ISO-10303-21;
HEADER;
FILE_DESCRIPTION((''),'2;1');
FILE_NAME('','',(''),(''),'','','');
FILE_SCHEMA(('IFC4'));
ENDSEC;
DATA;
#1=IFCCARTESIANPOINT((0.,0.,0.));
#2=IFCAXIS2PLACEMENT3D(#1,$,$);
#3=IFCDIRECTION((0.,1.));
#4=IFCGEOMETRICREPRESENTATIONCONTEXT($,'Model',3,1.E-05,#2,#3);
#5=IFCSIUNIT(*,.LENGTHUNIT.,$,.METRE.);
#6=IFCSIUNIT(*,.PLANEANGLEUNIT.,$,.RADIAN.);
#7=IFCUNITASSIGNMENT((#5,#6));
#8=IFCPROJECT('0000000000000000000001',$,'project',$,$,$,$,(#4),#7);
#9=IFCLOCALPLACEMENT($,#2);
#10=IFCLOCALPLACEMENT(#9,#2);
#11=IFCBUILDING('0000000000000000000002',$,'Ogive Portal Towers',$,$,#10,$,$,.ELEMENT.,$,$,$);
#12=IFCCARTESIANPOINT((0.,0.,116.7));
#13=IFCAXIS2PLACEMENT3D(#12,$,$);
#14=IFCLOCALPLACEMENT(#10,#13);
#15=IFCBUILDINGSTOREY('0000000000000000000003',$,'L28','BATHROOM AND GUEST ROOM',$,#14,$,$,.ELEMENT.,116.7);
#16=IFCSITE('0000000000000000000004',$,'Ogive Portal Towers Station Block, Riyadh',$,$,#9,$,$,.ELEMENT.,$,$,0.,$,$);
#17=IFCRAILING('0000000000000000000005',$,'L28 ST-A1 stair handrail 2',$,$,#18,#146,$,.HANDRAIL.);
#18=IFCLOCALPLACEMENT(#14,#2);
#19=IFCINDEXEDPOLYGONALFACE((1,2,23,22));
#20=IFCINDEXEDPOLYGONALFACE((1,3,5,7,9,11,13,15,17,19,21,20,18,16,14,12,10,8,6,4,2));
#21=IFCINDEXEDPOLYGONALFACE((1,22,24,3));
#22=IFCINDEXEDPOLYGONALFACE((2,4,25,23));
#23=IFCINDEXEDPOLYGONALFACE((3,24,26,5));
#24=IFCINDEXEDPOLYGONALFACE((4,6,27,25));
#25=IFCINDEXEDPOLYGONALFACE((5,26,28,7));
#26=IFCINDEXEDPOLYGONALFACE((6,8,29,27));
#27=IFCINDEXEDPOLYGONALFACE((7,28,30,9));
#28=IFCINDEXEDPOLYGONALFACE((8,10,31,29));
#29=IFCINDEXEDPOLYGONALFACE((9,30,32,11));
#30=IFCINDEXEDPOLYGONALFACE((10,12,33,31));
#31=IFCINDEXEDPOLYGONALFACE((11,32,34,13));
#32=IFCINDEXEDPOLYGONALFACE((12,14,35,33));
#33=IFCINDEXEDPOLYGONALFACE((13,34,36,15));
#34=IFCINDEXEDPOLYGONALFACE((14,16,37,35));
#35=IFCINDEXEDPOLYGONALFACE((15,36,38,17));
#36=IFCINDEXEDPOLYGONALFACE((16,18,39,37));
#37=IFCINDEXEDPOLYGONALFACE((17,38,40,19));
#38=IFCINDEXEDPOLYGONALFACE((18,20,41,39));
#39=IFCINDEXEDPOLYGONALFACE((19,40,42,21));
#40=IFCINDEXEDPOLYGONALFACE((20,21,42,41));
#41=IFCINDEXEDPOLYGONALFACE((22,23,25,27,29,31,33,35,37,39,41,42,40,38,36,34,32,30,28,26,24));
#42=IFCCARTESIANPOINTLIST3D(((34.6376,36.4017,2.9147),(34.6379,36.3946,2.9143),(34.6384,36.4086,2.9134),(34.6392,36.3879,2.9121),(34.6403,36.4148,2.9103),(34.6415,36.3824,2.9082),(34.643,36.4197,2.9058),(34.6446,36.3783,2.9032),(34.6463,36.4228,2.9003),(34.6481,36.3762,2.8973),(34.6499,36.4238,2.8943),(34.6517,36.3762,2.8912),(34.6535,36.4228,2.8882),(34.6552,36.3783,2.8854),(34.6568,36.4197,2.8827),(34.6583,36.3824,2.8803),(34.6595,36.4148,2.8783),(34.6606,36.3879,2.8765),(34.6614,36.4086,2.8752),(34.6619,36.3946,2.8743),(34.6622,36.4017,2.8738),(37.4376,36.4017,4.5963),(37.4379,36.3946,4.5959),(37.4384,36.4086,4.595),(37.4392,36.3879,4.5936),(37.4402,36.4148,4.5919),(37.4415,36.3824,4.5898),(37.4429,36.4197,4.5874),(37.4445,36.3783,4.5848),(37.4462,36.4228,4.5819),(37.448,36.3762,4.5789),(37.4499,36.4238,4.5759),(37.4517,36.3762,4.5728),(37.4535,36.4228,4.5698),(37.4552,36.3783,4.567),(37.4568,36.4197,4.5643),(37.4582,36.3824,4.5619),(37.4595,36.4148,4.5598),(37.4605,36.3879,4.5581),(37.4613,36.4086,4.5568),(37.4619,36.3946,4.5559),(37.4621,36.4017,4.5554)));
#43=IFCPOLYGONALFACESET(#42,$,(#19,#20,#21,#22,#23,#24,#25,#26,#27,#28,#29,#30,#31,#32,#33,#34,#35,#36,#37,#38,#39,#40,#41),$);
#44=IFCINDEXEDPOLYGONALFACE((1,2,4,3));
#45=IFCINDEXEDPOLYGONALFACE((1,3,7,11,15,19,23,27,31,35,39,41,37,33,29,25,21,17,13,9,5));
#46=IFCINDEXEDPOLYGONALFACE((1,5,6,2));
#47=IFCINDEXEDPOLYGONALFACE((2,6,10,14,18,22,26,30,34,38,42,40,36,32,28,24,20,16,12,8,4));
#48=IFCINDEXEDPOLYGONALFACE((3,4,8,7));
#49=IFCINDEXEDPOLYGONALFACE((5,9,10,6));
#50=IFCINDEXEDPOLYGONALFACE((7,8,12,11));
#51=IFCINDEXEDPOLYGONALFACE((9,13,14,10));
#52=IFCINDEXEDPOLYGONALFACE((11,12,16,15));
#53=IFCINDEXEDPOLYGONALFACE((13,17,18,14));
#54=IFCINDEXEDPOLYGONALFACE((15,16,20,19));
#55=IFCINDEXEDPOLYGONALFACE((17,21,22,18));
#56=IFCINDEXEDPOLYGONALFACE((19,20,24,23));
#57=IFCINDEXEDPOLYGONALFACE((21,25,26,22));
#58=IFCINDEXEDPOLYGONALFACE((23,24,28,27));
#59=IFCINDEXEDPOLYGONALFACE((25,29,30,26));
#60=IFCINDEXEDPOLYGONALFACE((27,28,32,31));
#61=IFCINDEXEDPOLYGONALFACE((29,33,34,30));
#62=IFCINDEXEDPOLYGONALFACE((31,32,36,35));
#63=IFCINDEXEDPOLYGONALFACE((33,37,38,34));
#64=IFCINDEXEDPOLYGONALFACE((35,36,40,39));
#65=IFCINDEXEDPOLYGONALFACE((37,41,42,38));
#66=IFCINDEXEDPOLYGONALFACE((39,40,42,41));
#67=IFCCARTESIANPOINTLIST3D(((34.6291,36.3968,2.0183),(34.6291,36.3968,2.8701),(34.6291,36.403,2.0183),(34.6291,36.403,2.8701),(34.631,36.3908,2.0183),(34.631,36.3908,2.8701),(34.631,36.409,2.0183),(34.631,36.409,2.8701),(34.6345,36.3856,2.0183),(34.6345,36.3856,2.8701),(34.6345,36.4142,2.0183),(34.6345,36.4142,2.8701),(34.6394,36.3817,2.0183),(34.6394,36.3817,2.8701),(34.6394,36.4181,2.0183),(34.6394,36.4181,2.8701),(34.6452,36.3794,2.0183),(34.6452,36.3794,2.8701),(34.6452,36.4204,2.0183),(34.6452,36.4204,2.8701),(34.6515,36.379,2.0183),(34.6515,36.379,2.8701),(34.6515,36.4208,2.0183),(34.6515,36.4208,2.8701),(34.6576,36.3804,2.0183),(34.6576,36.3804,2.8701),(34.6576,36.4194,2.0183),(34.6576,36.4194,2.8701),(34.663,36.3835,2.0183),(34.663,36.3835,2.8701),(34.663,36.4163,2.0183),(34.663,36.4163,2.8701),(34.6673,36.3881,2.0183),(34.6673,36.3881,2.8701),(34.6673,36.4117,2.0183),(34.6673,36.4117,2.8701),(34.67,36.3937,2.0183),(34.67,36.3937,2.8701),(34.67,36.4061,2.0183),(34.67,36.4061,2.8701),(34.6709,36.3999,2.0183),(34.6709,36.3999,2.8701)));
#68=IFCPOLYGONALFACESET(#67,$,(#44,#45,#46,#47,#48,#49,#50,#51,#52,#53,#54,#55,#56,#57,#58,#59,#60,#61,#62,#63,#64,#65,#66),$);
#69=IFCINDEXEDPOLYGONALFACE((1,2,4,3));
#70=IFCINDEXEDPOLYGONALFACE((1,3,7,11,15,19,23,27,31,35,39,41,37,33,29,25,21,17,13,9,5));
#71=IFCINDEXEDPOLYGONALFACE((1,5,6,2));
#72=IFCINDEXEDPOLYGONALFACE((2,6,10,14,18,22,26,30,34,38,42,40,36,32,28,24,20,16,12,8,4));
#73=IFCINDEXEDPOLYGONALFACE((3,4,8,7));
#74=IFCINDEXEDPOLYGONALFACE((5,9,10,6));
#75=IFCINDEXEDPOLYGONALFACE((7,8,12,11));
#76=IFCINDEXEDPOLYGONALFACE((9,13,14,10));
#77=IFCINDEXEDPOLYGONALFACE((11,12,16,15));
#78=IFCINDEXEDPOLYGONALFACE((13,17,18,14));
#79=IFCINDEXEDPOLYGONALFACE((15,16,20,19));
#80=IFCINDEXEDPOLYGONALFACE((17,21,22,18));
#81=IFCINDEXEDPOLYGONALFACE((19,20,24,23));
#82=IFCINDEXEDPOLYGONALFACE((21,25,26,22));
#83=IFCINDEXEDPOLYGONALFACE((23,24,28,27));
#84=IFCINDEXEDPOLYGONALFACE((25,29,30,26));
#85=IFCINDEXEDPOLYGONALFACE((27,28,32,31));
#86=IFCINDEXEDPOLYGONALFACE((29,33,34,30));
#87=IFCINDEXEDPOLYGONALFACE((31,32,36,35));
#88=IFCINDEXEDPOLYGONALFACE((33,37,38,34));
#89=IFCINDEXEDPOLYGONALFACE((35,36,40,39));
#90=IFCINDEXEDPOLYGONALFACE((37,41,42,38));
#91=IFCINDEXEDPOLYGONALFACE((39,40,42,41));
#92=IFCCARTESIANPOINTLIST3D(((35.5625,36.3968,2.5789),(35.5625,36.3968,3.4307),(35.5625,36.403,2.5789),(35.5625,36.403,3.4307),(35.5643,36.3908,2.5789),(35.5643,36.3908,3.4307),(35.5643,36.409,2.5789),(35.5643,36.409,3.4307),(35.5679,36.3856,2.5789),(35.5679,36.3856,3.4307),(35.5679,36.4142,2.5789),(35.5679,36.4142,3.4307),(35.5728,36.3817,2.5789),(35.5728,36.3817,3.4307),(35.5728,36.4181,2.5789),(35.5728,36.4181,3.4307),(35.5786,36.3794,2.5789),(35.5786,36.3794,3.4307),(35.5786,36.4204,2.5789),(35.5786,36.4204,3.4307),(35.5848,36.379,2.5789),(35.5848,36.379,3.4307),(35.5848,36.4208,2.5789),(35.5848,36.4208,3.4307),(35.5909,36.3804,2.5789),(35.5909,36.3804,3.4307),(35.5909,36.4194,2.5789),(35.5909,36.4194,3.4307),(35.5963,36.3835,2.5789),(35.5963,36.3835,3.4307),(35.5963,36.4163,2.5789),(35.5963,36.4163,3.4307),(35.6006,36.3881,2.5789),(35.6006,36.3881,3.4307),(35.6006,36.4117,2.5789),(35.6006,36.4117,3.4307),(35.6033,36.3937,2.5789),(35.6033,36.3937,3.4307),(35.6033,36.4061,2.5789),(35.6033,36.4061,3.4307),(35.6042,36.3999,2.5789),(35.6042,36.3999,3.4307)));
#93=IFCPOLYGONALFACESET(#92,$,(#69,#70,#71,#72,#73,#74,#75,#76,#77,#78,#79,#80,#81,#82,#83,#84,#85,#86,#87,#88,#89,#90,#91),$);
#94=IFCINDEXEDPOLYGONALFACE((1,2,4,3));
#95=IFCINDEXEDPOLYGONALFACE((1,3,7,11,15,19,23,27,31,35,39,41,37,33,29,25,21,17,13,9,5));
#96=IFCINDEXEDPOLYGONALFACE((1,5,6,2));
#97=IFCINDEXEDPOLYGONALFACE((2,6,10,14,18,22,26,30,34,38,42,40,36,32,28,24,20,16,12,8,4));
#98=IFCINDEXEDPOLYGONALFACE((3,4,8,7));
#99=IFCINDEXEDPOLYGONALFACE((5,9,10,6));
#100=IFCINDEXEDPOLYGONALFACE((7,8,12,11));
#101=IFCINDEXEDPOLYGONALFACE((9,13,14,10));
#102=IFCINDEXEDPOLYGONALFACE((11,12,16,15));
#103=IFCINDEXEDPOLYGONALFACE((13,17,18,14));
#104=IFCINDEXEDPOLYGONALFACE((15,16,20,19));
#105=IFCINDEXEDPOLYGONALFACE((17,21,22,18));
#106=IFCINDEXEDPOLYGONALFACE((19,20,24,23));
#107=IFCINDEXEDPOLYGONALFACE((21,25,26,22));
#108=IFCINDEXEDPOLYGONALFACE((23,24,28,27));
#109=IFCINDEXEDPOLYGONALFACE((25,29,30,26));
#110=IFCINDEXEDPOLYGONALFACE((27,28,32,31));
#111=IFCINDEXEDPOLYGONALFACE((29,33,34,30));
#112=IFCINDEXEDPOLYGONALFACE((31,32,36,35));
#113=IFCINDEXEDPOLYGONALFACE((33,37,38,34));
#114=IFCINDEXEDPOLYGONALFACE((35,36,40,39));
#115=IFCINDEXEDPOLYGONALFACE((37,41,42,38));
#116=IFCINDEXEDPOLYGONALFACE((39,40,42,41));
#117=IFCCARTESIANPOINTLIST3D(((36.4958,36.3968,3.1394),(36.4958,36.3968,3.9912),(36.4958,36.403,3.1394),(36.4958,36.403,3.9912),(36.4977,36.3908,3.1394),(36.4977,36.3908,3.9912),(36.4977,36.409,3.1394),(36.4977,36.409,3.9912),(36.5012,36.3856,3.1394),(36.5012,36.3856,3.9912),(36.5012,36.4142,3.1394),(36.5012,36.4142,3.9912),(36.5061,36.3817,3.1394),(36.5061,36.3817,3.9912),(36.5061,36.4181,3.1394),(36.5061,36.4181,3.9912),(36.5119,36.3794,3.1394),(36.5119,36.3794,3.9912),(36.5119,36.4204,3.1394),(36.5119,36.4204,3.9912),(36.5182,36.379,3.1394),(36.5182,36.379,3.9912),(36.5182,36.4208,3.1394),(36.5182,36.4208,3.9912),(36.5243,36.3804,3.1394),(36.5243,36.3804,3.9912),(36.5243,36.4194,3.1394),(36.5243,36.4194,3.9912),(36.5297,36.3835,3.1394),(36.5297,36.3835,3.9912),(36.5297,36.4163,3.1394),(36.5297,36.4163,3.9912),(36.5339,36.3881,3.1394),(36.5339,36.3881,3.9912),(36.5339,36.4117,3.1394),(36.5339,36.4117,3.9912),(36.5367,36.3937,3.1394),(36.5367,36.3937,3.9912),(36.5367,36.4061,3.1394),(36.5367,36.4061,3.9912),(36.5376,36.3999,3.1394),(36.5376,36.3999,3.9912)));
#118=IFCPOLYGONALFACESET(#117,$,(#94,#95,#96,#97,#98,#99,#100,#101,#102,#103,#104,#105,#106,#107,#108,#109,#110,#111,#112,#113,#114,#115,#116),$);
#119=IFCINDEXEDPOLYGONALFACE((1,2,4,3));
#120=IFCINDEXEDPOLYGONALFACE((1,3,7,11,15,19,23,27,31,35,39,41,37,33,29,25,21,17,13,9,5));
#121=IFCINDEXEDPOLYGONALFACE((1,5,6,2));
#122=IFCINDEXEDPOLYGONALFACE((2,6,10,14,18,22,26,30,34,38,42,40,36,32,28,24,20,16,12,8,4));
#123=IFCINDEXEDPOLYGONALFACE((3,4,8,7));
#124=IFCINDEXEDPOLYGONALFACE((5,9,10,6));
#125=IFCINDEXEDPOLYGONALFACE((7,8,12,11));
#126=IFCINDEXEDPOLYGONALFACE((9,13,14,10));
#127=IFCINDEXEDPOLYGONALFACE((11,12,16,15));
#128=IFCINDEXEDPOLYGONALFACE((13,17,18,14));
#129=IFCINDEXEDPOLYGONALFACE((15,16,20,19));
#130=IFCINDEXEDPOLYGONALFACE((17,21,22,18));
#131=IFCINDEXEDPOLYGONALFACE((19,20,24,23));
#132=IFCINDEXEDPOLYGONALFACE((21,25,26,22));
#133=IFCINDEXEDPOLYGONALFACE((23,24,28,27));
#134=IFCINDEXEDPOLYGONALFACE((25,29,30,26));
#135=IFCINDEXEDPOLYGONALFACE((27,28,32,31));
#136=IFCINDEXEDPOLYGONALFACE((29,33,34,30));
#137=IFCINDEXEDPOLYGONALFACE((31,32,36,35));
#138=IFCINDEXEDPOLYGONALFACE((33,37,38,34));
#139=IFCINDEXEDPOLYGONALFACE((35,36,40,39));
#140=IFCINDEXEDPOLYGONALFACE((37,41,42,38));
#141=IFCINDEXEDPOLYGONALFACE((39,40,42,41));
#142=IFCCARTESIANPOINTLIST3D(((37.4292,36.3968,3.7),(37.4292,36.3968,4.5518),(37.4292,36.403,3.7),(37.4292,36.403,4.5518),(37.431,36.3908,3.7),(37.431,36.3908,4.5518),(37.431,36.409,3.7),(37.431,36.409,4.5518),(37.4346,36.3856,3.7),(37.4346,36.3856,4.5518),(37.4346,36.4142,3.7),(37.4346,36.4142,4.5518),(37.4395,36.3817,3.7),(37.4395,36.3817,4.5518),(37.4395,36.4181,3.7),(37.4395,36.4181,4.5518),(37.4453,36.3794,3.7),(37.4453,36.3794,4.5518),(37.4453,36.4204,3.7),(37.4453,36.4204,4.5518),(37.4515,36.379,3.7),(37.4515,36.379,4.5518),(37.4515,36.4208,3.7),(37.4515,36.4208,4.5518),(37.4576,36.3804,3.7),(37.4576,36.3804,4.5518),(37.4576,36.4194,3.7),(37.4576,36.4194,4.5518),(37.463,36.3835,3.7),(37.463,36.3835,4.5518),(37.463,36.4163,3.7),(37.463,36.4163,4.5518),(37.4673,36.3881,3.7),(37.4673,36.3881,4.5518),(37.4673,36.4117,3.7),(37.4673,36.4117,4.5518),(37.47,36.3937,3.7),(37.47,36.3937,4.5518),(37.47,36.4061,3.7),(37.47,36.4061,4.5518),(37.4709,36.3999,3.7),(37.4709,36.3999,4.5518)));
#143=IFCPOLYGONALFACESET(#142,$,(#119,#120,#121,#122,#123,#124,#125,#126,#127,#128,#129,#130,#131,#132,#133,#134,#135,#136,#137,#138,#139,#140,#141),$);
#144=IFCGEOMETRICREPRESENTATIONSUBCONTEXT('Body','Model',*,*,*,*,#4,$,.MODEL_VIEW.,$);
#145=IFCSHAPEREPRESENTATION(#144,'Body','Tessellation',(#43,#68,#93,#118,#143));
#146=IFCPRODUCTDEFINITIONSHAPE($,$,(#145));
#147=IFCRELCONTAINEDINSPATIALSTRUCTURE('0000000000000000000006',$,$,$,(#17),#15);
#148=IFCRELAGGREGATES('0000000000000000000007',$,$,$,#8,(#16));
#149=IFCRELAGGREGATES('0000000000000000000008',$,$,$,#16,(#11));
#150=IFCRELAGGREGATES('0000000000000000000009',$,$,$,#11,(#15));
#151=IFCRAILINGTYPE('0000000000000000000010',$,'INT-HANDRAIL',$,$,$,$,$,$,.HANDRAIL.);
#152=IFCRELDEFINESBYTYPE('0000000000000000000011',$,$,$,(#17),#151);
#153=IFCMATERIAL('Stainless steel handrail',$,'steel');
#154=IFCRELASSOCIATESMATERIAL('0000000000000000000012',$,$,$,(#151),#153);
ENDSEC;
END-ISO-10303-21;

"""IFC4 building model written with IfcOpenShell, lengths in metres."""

from ifc_helpers import new_model, si_unit, direction, frame, origin, origin_2d, place, context, subcontext, project, spatial, circle, extrude, material, type_object, element, save


model = new_model("IFC4")

# Units and contexts
model_context = context("Model", 3, precision=1e-05, world=origin(), true_north=direction((0.0, 1.0)))
body_context = subcontext(model_context, "Body", "Model", "MODEL_VIEW")
ifc_project = project(units=[si_unit("LENGTHUNIT", "METRE"), si_unit("PLANEANGLEUNIT", "RADIAN")], contexts=[model_context])

# Site, building, storey
site_placement = place(None, origin())
site = spatial("IfcSite", under=ifc_project, at=site_placement, Name="Ogive Portal Towers Station Block, Riyadh", CompositionType="ELEMENT", RefElevation=0.0)
building_placement = place(site_placement, origin())
building = spatial("IfcBuilding", under=site, at=building_placement, Name="Ogive Portal Towers", CompositionType="ELEMENT")
storey_placement = place(building_placement, frame((0.0, 0.0, 116.7)))
storey = spatial("IfcBuildingStorey", under=building, at=storey_placement, Name="L28", Description="BATHROOM AND GUEST ROOM", CompositionType="ELEMENT", Elevation=116.7)

# Railing
ifc_material_1 = material(Name="Stainless steel handrail", Category="steel")
railing_type_1 = type_object("IfcRailingType", Name="INT-HANDRAIL", PredefinedType="HANDRAIL", material=ifc_material_1)
railing_1_placement = place(storey_placement, frame((34.6499, 36.3999, 2.0183)))
element("IfcRailing", 1, at=railing_1_placement, inside=storey, type_object=railing_type_1, Name="L28 ST-A1 stair handrail 2", PredefinedType="HANDRAIL", context=body_context, shape_type="SweptSolid", body=[
    extrude(circle(Radius=0.0239, at=origin_2d()), frame((0.0, 0.0, 0.876), z_axis=(0.857275, 0.0, 0.514858), x_axis=(0.0, 1.0, 0.0)), (0.0, 0.0, 1.0), 3.2661),
    extrude(circle(Radius=0.021, at=origin_2d()), origin(), (0.0, 0.0, 1.0), 0.8518),
    extrude(circle(Radius=0.021, at=origin_2d()), frame((0.9333, 0.0, 0.5605)), (0.0, 0.0, 1.0), 0.8518),
    extrude(circle(Radius=0.021, at=origin_2d()), frame((1.8667, 0.0, 1.1211)), (0.0, 0.0, 1.0), 0.8518),
    extrude(circle(Radius=0.021, at=origin_2d()), frame((2.8, 0.0, 1.6816)), (0.0, 0.0, 1.0), 0.8518),
])

save(model, "model.ifc")
